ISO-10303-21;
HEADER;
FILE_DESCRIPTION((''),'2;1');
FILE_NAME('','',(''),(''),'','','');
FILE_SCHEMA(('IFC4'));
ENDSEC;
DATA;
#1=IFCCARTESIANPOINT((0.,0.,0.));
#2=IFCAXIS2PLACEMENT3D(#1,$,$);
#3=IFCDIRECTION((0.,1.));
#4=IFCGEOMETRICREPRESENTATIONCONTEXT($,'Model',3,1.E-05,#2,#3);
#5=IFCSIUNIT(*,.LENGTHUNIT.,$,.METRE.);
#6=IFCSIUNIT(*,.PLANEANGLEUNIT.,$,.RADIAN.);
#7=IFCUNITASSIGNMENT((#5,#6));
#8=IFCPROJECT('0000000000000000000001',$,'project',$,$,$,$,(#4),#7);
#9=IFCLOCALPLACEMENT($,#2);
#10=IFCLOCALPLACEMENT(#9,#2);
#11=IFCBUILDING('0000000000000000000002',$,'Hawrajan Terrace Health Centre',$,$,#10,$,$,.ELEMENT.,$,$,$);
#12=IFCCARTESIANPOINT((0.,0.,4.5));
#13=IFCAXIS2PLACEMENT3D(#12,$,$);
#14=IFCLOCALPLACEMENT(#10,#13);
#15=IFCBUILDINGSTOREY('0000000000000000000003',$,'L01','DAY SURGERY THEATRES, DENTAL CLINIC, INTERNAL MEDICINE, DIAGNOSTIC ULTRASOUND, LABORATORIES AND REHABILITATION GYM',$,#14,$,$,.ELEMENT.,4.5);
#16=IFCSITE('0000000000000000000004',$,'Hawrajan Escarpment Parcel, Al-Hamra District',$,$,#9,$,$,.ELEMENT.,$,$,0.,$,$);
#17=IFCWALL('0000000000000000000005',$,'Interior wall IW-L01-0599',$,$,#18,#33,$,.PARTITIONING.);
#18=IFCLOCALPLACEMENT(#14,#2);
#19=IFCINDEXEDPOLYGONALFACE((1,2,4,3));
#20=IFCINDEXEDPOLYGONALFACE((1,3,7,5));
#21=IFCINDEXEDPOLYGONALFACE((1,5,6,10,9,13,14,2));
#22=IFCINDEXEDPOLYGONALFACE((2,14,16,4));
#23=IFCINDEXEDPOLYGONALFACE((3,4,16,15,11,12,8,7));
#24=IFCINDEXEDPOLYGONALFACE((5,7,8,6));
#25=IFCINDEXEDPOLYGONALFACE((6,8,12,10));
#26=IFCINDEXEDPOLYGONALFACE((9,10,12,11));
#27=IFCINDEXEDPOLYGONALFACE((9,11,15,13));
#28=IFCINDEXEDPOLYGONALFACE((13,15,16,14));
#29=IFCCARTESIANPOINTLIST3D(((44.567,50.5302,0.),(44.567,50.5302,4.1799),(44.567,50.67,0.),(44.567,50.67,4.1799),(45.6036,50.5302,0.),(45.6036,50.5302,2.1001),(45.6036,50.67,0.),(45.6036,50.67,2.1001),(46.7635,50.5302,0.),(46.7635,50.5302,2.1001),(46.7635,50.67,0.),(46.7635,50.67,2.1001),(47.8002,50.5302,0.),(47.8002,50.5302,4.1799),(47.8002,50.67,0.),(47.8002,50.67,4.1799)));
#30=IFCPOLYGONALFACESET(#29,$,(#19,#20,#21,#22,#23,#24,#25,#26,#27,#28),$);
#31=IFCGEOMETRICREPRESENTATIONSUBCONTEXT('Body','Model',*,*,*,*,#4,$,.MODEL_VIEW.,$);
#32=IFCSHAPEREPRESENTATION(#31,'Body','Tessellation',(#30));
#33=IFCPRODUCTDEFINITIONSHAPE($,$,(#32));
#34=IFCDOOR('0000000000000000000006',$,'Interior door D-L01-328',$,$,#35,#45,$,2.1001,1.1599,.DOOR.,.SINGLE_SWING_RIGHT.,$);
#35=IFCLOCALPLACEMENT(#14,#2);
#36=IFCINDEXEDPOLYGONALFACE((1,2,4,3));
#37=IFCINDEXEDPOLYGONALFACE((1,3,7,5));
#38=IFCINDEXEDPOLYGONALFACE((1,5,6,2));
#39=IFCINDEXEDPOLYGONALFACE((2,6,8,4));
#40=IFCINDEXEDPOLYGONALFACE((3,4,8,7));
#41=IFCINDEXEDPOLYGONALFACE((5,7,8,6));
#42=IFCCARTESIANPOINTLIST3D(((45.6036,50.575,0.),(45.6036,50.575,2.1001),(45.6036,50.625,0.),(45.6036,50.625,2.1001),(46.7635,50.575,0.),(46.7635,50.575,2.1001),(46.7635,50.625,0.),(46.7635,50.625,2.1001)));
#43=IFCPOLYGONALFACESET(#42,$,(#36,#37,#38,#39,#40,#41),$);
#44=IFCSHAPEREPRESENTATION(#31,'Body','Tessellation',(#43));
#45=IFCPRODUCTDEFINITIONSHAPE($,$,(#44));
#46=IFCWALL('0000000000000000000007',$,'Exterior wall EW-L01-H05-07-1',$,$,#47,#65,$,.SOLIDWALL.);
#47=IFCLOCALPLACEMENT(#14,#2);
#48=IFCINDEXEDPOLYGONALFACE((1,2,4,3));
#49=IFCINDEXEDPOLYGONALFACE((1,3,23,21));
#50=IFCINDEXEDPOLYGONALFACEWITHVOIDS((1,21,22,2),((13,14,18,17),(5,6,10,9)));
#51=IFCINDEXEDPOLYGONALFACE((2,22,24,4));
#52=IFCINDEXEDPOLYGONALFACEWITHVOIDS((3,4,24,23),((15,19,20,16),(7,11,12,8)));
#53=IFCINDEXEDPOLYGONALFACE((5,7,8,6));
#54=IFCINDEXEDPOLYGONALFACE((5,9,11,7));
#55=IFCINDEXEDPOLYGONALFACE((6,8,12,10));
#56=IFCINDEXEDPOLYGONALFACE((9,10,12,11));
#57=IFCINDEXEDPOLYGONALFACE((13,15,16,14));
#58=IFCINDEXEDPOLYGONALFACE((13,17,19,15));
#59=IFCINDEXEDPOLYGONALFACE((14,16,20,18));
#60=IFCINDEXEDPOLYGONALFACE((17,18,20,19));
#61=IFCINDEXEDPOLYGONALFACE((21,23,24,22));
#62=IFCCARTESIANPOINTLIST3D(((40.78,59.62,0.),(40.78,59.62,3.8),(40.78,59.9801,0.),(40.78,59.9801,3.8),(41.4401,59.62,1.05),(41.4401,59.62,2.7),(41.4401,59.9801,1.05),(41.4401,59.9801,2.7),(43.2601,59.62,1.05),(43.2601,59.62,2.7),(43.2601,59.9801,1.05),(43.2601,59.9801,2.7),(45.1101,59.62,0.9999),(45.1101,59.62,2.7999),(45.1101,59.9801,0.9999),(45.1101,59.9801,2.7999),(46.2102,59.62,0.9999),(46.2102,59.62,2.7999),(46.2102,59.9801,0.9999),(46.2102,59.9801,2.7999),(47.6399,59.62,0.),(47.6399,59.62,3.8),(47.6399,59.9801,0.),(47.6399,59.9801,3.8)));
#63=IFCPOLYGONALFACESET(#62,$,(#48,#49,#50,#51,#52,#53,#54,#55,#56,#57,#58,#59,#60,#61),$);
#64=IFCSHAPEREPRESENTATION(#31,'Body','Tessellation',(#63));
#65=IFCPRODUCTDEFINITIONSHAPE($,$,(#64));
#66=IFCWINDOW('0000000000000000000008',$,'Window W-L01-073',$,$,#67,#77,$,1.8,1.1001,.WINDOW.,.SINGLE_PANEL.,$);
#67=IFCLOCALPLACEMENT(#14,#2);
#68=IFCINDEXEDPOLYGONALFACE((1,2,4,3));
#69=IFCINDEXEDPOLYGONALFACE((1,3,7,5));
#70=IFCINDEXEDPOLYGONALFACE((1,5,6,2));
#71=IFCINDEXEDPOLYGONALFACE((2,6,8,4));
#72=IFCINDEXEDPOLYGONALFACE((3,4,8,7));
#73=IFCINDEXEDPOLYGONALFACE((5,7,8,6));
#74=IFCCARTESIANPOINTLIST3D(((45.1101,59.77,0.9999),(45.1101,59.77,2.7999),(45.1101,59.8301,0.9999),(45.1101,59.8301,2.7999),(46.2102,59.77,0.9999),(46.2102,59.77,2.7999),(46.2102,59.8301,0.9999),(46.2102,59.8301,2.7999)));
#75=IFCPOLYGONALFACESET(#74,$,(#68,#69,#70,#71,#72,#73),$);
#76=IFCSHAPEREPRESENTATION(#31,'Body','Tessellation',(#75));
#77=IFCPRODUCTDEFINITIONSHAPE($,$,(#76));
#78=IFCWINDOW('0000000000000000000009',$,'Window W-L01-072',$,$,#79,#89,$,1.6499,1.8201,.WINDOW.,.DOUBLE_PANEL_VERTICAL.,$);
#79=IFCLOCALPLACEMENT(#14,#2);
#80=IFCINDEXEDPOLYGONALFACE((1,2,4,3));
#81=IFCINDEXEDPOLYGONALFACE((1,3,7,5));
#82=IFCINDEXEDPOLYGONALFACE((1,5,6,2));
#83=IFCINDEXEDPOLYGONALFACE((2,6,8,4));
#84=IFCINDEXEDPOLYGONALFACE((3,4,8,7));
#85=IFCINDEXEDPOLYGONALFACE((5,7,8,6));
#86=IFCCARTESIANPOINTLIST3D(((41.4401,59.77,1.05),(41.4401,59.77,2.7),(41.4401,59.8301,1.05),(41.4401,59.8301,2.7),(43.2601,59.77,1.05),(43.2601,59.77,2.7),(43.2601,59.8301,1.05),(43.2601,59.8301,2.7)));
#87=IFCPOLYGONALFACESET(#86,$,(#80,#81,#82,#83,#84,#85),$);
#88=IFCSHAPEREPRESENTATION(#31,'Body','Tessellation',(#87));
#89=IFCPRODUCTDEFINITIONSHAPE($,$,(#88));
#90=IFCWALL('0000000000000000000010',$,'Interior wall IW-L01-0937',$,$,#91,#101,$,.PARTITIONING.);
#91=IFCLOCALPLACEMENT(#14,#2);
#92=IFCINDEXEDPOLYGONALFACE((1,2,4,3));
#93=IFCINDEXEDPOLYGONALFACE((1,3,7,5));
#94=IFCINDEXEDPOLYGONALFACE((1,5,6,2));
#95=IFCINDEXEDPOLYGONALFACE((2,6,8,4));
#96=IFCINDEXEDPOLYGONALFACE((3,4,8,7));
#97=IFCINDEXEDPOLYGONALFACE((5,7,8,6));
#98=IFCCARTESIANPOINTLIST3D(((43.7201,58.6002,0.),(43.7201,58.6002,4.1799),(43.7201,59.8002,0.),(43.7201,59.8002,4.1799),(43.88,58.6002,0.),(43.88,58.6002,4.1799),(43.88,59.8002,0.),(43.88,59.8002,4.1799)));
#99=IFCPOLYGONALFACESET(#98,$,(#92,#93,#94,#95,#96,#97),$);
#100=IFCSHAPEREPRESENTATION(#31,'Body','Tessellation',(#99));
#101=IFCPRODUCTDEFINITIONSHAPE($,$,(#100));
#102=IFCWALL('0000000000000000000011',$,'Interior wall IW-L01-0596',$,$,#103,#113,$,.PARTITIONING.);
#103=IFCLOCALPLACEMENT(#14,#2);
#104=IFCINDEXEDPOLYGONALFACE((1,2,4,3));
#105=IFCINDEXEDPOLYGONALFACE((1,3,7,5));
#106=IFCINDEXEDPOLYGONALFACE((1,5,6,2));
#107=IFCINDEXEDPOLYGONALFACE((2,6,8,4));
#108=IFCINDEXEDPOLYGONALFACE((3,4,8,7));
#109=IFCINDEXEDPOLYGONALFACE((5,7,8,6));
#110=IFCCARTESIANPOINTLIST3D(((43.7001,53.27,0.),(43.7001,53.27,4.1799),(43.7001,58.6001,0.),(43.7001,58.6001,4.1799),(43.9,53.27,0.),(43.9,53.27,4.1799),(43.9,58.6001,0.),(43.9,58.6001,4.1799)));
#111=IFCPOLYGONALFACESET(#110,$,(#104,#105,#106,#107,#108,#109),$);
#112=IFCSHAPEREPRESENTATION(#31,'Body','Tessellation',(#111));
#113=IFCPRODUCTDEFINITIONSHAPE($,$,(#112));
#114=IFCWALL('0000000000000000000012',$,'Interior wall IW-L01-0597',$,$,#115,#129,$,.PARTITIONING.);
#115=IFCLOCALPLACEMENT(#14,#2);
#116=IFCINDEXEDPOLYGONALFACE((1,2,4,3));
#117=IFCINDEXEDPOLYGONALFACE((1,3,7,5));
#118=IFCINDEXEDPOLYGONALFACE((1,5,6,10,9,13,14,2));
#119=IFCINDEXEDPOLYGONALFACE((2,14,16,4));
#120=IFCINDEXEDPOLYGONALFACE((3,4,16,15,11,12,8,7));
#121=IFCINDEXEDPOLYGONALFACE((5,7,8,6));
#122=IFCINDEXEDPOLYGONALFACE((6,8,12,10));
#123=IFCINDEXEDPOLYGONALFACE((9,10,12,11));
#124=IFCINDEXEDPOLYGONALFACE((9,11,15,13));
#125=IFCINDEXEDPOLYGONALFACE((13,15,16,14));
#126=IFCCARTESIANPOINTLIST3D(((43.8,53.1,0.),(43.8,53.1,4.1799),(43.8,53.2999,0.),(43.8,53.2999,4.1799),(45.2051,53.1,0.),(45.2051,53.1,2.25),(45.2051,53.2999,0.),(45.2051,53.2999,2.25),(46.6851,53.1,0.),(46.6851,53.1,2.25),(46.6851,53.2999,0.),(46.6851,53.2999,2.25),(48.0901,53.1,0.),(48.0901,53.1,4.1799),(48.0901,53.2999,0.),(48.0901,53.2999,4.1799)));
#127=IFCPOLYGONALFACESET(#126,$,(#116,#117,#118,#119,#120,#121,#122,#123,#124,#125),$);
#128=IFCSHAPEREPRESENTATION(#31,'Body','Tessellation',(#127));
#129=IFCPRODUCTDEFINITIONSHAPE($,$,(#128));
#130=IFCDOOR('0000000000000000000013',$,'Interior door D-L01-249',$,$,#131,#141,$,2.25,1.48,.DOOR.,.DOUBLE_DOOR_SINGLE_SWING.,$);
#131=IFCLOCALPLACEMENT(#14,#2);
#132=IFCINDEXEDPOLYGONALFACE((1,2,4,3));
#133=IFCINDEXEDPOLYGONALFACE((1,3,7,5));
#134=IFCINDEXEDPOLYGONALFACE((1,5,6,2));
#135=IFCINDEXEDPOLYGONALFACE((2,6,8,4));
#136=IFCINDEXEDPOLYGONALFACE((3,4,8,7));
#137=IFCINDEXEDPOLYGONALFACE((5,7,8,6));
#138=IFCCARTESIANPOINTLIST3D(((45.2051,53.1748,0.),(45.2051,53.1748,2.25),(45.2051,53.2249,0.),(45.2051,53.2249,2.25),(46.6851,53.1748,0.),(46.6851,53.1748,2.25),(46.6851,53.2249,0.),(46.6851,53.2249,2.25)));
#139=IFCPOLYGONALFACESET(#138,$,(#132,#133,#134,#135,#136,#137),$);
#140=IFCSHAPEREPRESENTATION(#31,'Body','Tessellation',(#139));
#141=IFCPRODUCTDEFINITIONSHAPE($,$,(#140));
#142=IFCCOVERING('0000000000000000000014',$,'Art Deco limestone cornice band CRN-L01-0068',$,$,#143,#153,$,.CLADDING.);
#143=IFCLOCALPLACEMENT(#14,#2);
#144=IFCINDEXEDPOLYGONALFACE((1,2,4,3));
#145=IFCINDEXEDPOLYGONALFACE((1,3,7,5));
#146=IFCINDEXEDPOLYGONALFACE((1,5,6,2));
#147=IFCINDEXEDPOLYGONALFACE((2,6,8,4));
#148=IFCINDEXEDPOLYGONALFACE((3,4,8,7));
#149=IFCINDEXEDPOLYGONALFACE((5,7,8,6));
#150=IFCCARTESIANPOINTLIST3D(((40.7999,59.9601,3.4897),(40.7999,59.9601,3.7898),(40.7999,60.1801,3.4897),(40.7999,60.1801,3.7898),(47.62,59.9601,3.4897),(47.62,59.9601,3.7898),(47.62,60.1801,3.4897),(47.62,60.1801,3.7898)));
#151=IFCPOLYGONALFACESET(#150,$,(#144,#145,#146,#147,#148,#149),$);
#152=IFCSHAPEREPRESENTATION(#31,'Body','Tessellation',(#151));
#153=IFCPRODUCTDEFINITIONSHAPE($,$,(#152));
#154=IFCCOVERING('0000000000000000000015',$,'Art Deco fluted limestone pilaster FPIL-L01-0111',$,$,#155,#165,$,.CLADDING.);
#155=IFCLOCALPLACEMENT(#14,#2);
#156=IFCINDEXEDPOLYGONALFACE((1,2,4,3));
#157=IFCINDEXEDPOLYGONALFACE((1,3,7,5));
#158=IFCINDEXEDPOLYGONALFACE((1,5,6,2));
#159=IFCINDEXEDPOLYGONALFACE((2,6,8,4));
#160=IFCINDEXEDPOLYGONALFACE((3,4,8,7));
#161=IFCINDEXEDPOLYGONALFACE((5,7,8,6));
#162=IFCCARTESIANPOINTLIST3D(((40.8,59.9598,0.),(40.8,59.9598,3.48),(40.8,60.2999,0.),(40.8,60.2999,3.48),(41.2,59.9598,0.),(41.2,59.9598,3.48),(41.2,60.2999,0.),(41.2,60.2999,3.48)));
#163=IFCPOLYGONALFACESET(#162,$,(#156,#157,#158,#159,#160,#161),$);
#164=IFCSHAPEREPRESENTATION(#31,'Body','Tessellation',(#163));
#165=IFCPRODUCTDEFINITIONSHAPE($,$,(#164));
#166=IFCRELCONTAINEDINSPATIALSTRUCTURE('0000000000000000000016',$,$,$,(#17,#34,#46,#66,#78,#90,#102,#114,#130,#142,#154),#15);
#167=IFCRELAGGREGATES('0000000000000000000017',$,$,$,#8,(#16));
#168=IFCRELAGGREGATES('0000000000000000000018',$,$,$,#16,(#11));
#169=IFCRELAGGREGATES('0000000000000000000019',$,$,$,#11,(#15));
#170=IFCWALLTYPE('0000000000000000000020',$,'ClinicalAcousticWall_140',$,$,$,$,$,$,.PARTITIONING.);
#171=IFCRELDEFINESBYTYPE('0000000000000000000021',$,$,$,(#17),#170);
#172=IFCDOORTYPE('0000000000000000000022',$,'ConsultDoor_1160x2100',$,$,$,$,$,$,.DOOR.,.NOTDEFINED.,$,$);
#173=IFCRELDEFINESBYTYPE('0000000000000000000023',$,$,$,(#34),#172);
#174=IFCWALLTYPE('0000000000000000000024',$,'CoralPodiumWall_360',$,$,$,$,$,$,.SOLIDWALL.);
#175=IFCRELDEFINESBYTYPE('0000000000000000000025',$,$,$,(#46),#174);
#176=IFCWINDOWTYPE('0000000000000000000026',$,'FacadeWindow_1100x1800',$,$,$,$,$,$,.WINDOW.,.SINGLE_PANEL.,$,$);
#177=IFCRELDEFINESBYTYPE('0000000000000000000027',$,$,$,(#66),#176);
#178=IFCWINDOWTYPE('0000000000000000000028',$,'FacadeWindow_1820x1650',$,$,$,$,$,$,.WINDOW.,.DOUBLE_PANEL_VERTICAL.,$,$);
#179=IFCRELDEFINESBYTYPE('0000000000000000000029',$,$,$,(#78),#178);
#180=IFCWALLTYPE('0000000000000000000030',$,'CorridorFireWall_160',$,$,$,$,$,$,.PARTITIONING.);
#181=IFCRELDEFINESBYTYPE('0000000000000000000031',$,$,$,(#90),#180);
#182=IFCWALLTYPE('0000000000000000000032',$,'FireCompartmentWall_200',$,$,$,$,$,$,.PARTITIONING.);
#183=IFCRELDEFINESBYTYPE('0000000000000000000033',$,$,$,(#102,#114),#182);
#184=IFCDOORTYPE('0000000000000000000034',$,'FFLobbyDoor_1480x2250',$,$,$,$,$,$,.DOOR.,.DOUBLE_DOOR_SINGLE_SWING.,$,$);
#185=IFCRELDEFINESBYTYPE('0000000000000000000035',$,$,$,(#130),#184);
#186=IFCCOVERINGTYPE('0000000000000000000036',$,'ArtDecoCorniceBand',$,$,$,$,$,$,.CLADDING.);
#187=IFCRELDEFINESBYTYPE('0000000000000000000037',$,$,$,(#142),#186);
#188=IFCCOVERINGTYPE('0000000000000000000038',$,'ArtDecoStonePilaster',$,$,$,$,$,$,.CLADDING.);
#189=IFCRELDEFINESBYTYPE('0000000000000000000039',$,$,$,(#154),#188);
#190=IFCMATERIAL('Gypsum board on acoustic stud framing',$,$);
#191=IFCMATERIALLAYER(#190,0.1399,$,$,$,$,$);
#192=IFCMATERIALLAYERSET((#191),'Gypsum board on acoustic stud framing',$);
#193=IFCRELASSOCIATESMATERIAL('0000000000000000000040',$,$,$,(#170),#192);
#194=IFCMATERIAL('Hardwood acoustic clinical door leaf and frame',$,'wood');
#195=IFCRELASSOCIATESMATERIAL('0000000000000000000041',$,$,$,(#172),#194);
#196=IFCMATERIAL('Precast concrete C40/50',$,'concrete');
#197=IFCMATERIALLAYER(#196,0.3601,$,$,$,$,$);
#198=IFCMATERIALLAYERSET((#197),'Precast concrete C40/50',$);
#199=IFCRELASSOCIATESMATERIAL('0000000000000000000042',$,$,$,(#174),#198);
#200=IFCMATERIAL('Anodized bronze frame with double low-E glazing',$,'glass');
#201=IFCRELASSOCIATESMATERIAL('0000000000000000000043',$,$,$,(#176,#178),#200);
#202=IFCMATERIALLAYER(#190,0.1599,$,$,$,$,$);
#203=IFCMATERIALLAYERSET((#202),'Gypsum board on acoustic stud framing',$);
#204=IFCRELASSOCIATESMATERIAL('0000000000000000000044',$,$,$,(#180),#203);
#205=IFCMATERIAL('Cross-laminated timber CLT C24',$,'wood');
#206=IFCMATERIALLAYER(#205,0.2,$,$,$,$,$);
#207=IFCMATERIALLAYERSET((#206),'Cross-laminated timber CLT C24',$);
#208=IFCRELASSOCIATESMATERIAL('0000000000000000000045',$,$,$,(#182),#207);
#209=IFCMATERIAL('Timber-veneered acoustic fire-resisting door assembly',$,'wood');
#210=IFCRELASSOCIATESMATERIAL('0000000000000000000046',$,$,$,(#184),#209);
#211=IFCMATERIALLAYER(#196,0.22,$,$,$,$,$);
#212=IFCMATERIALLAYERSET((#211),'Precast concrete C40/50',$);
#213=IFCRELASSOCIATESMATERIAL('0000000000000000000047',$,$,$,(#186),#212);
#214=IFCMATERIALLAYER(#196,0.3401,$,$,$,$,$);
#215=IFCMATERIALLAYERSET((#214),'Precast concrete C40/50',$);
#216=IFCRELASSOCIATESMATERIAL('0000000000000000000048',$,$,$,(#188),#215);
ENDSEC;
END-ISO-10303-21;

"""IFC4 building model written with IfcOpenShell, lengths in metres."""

from ifc_helpers import new_model, si_unit, direction, frame, frame_2d, origin, origin_2d, place, context, subcontext, project, spatial, rectangle, extrude, material, layer, layer_set, type_object, element, fill, save


model = new_model("IFC4")

# Units and contexts
model_context = context("Model", 3, precision=1e-05, world=origin(), true_north=direction((0.0, 1.0)))
body_context = subcontext(model_context, "Body", "Model", "MODEL_VIEW")
ifc_project = project(units=[si_unit("LENGTHUNIT", "METRE"), si_unit("PLANEANGLEUNIT", "RADIAN")], contexts=[model_context])

# Site, building, storey
site_placement = place(None, origin())
site = spatial("IfcSite", under=ifc_project, at=site_placement, Name="Hawrajan Escarpment Parcel, Al-Hamra District", CompositionType="ELEMENT", RefElevation=0.0)
building_placement = place(site_placement, origin())
building = spatial("IfcBuilding", under=site, at=building_placement, Name="Hawrajan Terrace Health Centre", CompositionType="ELEMENT")
storey_placement = place(building_placement, frame((0.0, 0.0, 4.5)))
storey = spatial("IfcBuildingStorey", under=building, at=storey_placement, Name="L01", Description="DAY SURGERY THEATRES, DENTAL CLINIC, INTERNAL MEDICINE, DIAGNOSTIC ULTRASOUND, LABORATORIES AND REHABILITATION GYM", CompositionType="ELEMENT", Elevation=4.5)

# Shared definitions
ifc_material_1 = material(Name="Gypsum board on acoustic stud framing")
ifc_layer_1 = layer(ifc_material_1, 0.1399)
ifc_layer_set_1 = layer_set([ifc_layer_1], Name="Gypsum board on acoustic stud framing")
wall_type_1 = type_object("IfcWallType", Name="ClinicalAcousticWall_140", PredefinedType="PARTITIONING", material=ifc_layer_set_1)

# Wall, opening, door
ifc_material_2 = material(Name="Hardwood acoustic clinical door leaf and frame", Category="wood")
wall_1_placement = place(storey_placement, frame((44.5669, 50.6001, 0.0), z_axis=(0.0, 0.0, 1.0), x_axis=(1.0, 0.0, 0.0)))
wall_1 = element("IfcWall", 1, at=wall_1_placement, inside=storey, type_object=wall_type_1, Name="Interior wall IW-L01-0599", PredefinedType="PARTITIONING", context=body_context, shape_type="SweptSolid", body=[
    extrude(rectangle(XDim=3.2332, YDim=0.1399, at=frame_2d((1.6167, 0.0))), origin(), (0.0, 0.0, 1.0), 4.1799),
])
opening_1_placement = place(wall_1_placement, frame((1.0366, 0.0, 0.0)))
opening_1 = element("IfcOpeningElement", 2, at=opening_1_placement, cuts=wall_1, PredefinedType="OPENING", context=body_context, shape_type="SweptSolid", body=[
    extrude(rectangle(XDim=1.1599, YDim=2.1001, at=frame_2d((0.5801, 1.05))), frame((0.0, 0.0798, 0.0), z_axis=(0.0, -1.0, 0.0), x_axis=(1.0, 0.0, 0.0)), (0.0, 0.0, 1.0), 0.1599),
])
door_type_1 = type_object("IfcDoorType", Name="ConsultDoor_1160x2100", OperationType="NOTDEFINED", PredefinedType="DOOR", material=ifc_material_2)
door_1_placement = place(opening_1_placement, origin())
door_1 = element("IfcDoor", 3, at=door_1_placement, inside=storey, type_object=door_type_1, Name="Interior door D-L01-328", OperationType="SINGLE_SWING_RIGHT", OverallHeight=2.1001, OverallWidth=1.1599, PredefinedType="DOOR", context=body_context, shape_type="SweptSolid", body=[
    extrude(rectangle(XDim=1.1599, YDim=2.1001, at=frame_2d((0.5801, 1.05))), frame((0.0, 0.0249, 0.0), z_axis=(0.0, -1.0, 0.0), x_axis=(1.0, 0.0, 0.0)), (0.0, 0.0, 1.0), 0.05),
])
fill(opening_1, door_1)

# Wall, openings, windows
ifc_material_3 = material(Name="Precast concrete C40/50", Category="concrete")
ifc_layer_2 = layer(ifc_material_3, 0.3601)
ifc_layer_set_2 = layer_set([ifc_layer_2], Name="Precast concrete C40/50")
wall_type_2 = type_object("IfcWallType", Name="CoralPodiumWall_360", PredefinedType="SOLIDWALL", material=ifc_layer_set_2)
wall_2_placement = place(storey_placement, frame((40.78, 59.8, 0.0), z_axis=(0.0, 0.0, 1.0), x_axis=(1.0, 0.0, 0.0)))
wall_2 = element("IfcWall", 4, at=wall_2_placement, inside=storey, type_object=wall_type_2, Name="Exterior wall EW-L01-H05-07-1", PredefinedType="SOLIDWALL", context=body_context, shape_type="SweptSolid", body=[
    extrude(rectangle(XDim=6.8599, YDim=0.3601, at=frame_2d((3.4299, 0.0))), origin(), (0.0, 0.0, 1.0), 3.8),
])
opening_2_placement = place(wall_2_placement, frame((0.6599, 0.0, 1.05)))
opening_2 = element("IfcOpeningElement", 5, at=opening_2_placement, cuts=wall_2, PredefinedType="OPENING", context=body_context, shape_type="SweptSolid", body=[
    extrude(rectangle(XDim=1.8201, YDim=1.6499, at=frame_2d((0.9102, 0.825))), frame((0.0, 0.1899, 0.0), z_axis=(0.0, -1.0, 0.0), x_axis=(1.0, 0.0, 0.0)), (0.0, 0.0, 1.0), 0.3801),
])
opening_3_placement = place(wall_2_placement, frame((4.3301, 0.0, 1.0)))
opening_3 = element("IfcOpeningElement", 6, at=opening_3_placement, cuts=wall_2, PredefinedType="OPENING", context=body_context, shape_type="SweptSolid", body=[
    extrude(rectangle(XDim=1.1001, YDim=1.8, at=frame_2d((0.55, 0.8999))), frame((0.0, 0.1899, 0.0), z_axis=(0.0, -1.0, 0.0), x_axis=(1.0, 0.0, 0.0)), (0.0, 0.0, 1.0), 0.3801),
])
ifc_material_4 = material(Name="Anodized bronze frame with double low-E glazing", Category="glass")
window_type_1 = type_object("IfcWindowType", Name="FacadeWindow_1100x1800", PartitioningType="SINGLE_PANEL", PredefinedType="WINDOW", material=ifc_material_4)
window_1_placement = place(opening_3_placement, origin())
window_1 = element("IfcWindow", 7, at=window_1_placement, inside=storey, type_object=window_type_1, Name="Window W-L01-073", OverallHeight=1.8, OverallWidth=1.1001, PartitioningType="SINGLE_PANEL", PredefinedType="WINDOW", context=body_context, shape_type="SweptSolid", body=[
    extrude(rectangle(XDim=1.1001, YDim=1.8, at=frame_2d((0.55, 0.8999))), frame((0.0, 0.03, 0.0), z_axis=(0.0, -1.0, 0.0), x_axis=(1.0, 0.0, 0.0)), (0.0, 0.0, 1.0), 0.0601),
])
fill(opening_3, window_1)
window_type_2 = type_object("IfcWindowType", Name="FacadeWindow_1820x1650", PartitioningType="DOUBLE_PANEL_VERTICAL", PredefinedType="WINDOW", material=ifc_material_4)
window_2_placement = place(opening_2_placement, origin())
window_2 = element("IfcWindow", 8, at=window_2_placement, inside=storey, type_object=window_type_2, Name="Window W-L01-072", OverallHeight=1.6499, OverallWidth=1.8201, PartitioningType="DOUBLE_PANEL_VERTICAL", PredefinedType="WINDOW", context=body_context, shape_type="SweptSolid", body=[
    extrude(rectangle(XDim=1.8201, YDim=1.6499, at=frame_2d((0.9102, 0.825))), frame((0.0, 0.03, 0.0), z_axis=(0.0, -1.0, 0.0), x_axis=(1.0, 0.0, 0.0)), (0.0, 0.0, 1.0), 0.0601),
])
fill(opening_2, window_2)

# Walls
ifc_layer_3 = layer(ifc_material_1, 0.1599)
ifc_layer_set_3 = layer_set([ifc_layer_3], Name="Gypsum board on acoustic stud framing")
wall_type_3 = type_object("IfcWallType", Name="CorridorFireWall_160", PredefinedType="PARTITIONING", material=ifc_layer_set_3)
wall_3_placement = place(storey_placement, frame((43.8, 58.6001, 0.0), z_axis=(0.0, 0.0, 1.0), x_axis=(0.0, 1.0, 0.0)))
element("IfcWall", 9, at=wall_3_placement, inside=storey, type_object=wall_type_3, Name="Interior wall IW-L01-0937", PredefinedType="PARTITIONING", context=body_context, shape_type="SweptSolid", body=[
    extrude(rectangle(XDim=1.2, YDim=0.1599, at=frame_2d((0.6001, 0.0))), origin(), (0.0, 0.0, 1.0), 4.1799),
])
ifc_material_5 = material(Name="Cross-laminated timber CLT C24", Category="wood")
ifc_layer_4 = layer(ifc_material_5, 0.2)
ifc_layer_set_4 = layer_set([ifc_layer_4], Name="Cross-laminated timber CLT C24")
wall_type_4 = type_object("IfcWallType", Name="FireCompartmentWall_200", PredefinedType="PARTITIONING", material=ifc_layer_set_4)
wall_4_placement = place(storey_placement, frame((43.8, 53.27, 0.0), z_axis=(0.0, 0.0, 1.0), x_axis=(0.0, 1.0, 0.0)))
element("IfcWall", 10, at=wall_4_placement, inside=storey, type_object=wall_type_4, Name="Interior wall IW-L01-0596", PredefinedType="PARTITIONING", context=body_context, shape_type="SweptSolid", body=[
    extrude(rectangle(XDim=5.3301, YDim=0.2, at=frame_2d((2.665, 0.0))), origin(), (0.0, 0.0, 1.0), 4.1799),
])

# Wall, opening, door
wall_5_placement = place(storey_placement, frame((43.8, 53.2, 0.0), z_axis=(0.0, 0.0, 1.0), x_axis=(1.0, 0.0, 0.0)))
wall_5 = element("IfcWall", 11, at=wall_5_placement, inside=storey, type_object=wall_type_4, Name="Interior wall IW-L01-0597", PredefinedType="PARTITIONING", context=body_context, shape_type="SweptSolid", body=[
    extrude(rectangle(XDim=4.29, YDim=0.2, at=frame_2d((2.145, 0.0))), origin(), (0.0, 0.0, 1.0), 4.1799),
])
opening_4_placement = place(wall_5_placement, frame((1.405, 0.0, 0.0)))
opening_4 = element("IfcOpeningElement", 12, at=opening_4_placement, cuts=wall_5, PredefinedType="OPENING", context=body_context, shape_type="SweptSolid", body=[
    extrude(rectangle(XDim=1.48, YDim=2.25, at=frame_2d((0.74, 1.125))), frame((0.0, 0.1099, 0.0), z_axis=(0.0, -1.0, 0.0), x_axis=(1.0, 0.0, 0.0)), (0.0, 0.0, 1.0), 0.22),
])
ifc_material_6 = material(Name="Timber-veneered acoustic fire-resisting door assembly", Category="wood")
door_type_2 = type_object("IfcDoorType", Name="FFLobbyDoor_1480x2250", OperationType="DOUBLE_DOOR_SINGLE_SWING", PredefinedType="DOOR", material=ifc_material_6)
door_2_placement = place(opening_4_placement, origin())
door_2 = element("IfcDoor", 13, at=door_2_placement, inside=storey, type_object=door_type_2, Name="Interior door D-L01-249", OperationType="DOUBLE_DOOR_SINGLE_SWING", OverallHeight=2.25, OverallWidth=1.48, PredefinedType="DOOR", context=body_context, shape_type="SweptSolid", body=[
    extrude(rectangle(XDim=1.48, YDim=2.25, at=frame_2d((0.74, 1.125))), frame((0.0, 0.0249, 0.0), z_axis=(0.0, -1.0, 0.0), x_axis=(1.0, 0.0, 0.0)), (0.0, 0.0, 1.0), 0.05),
])
fill(opening_4, door_2)

# Coverings
ifc_layer_5 = layer(ifc_material_3, 0.22)
ifc_layer_set_5 = layer_set([ifc_layer_5], Name="Precast concrete C40/50")
covering_type_1 = type_object("IfcCoveringType", Name="ArtDecoCorniceBand", PredefinedType="CLADDING", material=ifc_layer_set_5)
covering_1_placement = place(storey_placement, frame((44.21, 60.0701, 3.4897), z_axis=(0.0, 0.0, 1.0), x_axis=(1.0, 0.0, 0.0)))
element("IfcCovering", 14, at=covering_1_placement, inside=storey, type_object=covering_type_1, Name="Art Deco limestone cornice band CRN-L01-0068", PredefinedType="CLADDING", context=body_context, shape_type="SweptSolid", body=[
    extrude(rectangle(XDim=6.8201, YDim=0.22, at=origin_2d()), origin(), (0.0, 0.0, 1.0), 0.3),
])
ifc_layer_6 = layer(ifc_material_3, 0.3401)
ifc_layer_set_6 = layer_set([ifc_layer_6], Name="Precast concrete C40/50")
covering_type_2 = type_object("IfcCoveringType", Name="ArtDecoStonePilaster", PredefinedType="CLADDING", material=ifc_layer_set_6)
covering_2_placement = place(storey_placement, frame((41.0, 60.1299, 0.0), z_axis=(0.0, 0.0, 1.0), x_axis=(1.0, 0.0, 0.0)))
element("IfcCovering", 15, at=covering_2_placement, inside=storey, type_object=covering_type_2, Name="Art Deco fluted limestone pilaster FPIL-L01-0111", PredefinedType="CLADDING", context=body_context, shape_type="SweptSolid", body=[
    extrude(rectangle(XDim=0.3999, YDim=0.3401, at=origin_2d()), origin(), (0.0, 0.0, 1.0), 3.48),
])

save(model, "model.ifc")
